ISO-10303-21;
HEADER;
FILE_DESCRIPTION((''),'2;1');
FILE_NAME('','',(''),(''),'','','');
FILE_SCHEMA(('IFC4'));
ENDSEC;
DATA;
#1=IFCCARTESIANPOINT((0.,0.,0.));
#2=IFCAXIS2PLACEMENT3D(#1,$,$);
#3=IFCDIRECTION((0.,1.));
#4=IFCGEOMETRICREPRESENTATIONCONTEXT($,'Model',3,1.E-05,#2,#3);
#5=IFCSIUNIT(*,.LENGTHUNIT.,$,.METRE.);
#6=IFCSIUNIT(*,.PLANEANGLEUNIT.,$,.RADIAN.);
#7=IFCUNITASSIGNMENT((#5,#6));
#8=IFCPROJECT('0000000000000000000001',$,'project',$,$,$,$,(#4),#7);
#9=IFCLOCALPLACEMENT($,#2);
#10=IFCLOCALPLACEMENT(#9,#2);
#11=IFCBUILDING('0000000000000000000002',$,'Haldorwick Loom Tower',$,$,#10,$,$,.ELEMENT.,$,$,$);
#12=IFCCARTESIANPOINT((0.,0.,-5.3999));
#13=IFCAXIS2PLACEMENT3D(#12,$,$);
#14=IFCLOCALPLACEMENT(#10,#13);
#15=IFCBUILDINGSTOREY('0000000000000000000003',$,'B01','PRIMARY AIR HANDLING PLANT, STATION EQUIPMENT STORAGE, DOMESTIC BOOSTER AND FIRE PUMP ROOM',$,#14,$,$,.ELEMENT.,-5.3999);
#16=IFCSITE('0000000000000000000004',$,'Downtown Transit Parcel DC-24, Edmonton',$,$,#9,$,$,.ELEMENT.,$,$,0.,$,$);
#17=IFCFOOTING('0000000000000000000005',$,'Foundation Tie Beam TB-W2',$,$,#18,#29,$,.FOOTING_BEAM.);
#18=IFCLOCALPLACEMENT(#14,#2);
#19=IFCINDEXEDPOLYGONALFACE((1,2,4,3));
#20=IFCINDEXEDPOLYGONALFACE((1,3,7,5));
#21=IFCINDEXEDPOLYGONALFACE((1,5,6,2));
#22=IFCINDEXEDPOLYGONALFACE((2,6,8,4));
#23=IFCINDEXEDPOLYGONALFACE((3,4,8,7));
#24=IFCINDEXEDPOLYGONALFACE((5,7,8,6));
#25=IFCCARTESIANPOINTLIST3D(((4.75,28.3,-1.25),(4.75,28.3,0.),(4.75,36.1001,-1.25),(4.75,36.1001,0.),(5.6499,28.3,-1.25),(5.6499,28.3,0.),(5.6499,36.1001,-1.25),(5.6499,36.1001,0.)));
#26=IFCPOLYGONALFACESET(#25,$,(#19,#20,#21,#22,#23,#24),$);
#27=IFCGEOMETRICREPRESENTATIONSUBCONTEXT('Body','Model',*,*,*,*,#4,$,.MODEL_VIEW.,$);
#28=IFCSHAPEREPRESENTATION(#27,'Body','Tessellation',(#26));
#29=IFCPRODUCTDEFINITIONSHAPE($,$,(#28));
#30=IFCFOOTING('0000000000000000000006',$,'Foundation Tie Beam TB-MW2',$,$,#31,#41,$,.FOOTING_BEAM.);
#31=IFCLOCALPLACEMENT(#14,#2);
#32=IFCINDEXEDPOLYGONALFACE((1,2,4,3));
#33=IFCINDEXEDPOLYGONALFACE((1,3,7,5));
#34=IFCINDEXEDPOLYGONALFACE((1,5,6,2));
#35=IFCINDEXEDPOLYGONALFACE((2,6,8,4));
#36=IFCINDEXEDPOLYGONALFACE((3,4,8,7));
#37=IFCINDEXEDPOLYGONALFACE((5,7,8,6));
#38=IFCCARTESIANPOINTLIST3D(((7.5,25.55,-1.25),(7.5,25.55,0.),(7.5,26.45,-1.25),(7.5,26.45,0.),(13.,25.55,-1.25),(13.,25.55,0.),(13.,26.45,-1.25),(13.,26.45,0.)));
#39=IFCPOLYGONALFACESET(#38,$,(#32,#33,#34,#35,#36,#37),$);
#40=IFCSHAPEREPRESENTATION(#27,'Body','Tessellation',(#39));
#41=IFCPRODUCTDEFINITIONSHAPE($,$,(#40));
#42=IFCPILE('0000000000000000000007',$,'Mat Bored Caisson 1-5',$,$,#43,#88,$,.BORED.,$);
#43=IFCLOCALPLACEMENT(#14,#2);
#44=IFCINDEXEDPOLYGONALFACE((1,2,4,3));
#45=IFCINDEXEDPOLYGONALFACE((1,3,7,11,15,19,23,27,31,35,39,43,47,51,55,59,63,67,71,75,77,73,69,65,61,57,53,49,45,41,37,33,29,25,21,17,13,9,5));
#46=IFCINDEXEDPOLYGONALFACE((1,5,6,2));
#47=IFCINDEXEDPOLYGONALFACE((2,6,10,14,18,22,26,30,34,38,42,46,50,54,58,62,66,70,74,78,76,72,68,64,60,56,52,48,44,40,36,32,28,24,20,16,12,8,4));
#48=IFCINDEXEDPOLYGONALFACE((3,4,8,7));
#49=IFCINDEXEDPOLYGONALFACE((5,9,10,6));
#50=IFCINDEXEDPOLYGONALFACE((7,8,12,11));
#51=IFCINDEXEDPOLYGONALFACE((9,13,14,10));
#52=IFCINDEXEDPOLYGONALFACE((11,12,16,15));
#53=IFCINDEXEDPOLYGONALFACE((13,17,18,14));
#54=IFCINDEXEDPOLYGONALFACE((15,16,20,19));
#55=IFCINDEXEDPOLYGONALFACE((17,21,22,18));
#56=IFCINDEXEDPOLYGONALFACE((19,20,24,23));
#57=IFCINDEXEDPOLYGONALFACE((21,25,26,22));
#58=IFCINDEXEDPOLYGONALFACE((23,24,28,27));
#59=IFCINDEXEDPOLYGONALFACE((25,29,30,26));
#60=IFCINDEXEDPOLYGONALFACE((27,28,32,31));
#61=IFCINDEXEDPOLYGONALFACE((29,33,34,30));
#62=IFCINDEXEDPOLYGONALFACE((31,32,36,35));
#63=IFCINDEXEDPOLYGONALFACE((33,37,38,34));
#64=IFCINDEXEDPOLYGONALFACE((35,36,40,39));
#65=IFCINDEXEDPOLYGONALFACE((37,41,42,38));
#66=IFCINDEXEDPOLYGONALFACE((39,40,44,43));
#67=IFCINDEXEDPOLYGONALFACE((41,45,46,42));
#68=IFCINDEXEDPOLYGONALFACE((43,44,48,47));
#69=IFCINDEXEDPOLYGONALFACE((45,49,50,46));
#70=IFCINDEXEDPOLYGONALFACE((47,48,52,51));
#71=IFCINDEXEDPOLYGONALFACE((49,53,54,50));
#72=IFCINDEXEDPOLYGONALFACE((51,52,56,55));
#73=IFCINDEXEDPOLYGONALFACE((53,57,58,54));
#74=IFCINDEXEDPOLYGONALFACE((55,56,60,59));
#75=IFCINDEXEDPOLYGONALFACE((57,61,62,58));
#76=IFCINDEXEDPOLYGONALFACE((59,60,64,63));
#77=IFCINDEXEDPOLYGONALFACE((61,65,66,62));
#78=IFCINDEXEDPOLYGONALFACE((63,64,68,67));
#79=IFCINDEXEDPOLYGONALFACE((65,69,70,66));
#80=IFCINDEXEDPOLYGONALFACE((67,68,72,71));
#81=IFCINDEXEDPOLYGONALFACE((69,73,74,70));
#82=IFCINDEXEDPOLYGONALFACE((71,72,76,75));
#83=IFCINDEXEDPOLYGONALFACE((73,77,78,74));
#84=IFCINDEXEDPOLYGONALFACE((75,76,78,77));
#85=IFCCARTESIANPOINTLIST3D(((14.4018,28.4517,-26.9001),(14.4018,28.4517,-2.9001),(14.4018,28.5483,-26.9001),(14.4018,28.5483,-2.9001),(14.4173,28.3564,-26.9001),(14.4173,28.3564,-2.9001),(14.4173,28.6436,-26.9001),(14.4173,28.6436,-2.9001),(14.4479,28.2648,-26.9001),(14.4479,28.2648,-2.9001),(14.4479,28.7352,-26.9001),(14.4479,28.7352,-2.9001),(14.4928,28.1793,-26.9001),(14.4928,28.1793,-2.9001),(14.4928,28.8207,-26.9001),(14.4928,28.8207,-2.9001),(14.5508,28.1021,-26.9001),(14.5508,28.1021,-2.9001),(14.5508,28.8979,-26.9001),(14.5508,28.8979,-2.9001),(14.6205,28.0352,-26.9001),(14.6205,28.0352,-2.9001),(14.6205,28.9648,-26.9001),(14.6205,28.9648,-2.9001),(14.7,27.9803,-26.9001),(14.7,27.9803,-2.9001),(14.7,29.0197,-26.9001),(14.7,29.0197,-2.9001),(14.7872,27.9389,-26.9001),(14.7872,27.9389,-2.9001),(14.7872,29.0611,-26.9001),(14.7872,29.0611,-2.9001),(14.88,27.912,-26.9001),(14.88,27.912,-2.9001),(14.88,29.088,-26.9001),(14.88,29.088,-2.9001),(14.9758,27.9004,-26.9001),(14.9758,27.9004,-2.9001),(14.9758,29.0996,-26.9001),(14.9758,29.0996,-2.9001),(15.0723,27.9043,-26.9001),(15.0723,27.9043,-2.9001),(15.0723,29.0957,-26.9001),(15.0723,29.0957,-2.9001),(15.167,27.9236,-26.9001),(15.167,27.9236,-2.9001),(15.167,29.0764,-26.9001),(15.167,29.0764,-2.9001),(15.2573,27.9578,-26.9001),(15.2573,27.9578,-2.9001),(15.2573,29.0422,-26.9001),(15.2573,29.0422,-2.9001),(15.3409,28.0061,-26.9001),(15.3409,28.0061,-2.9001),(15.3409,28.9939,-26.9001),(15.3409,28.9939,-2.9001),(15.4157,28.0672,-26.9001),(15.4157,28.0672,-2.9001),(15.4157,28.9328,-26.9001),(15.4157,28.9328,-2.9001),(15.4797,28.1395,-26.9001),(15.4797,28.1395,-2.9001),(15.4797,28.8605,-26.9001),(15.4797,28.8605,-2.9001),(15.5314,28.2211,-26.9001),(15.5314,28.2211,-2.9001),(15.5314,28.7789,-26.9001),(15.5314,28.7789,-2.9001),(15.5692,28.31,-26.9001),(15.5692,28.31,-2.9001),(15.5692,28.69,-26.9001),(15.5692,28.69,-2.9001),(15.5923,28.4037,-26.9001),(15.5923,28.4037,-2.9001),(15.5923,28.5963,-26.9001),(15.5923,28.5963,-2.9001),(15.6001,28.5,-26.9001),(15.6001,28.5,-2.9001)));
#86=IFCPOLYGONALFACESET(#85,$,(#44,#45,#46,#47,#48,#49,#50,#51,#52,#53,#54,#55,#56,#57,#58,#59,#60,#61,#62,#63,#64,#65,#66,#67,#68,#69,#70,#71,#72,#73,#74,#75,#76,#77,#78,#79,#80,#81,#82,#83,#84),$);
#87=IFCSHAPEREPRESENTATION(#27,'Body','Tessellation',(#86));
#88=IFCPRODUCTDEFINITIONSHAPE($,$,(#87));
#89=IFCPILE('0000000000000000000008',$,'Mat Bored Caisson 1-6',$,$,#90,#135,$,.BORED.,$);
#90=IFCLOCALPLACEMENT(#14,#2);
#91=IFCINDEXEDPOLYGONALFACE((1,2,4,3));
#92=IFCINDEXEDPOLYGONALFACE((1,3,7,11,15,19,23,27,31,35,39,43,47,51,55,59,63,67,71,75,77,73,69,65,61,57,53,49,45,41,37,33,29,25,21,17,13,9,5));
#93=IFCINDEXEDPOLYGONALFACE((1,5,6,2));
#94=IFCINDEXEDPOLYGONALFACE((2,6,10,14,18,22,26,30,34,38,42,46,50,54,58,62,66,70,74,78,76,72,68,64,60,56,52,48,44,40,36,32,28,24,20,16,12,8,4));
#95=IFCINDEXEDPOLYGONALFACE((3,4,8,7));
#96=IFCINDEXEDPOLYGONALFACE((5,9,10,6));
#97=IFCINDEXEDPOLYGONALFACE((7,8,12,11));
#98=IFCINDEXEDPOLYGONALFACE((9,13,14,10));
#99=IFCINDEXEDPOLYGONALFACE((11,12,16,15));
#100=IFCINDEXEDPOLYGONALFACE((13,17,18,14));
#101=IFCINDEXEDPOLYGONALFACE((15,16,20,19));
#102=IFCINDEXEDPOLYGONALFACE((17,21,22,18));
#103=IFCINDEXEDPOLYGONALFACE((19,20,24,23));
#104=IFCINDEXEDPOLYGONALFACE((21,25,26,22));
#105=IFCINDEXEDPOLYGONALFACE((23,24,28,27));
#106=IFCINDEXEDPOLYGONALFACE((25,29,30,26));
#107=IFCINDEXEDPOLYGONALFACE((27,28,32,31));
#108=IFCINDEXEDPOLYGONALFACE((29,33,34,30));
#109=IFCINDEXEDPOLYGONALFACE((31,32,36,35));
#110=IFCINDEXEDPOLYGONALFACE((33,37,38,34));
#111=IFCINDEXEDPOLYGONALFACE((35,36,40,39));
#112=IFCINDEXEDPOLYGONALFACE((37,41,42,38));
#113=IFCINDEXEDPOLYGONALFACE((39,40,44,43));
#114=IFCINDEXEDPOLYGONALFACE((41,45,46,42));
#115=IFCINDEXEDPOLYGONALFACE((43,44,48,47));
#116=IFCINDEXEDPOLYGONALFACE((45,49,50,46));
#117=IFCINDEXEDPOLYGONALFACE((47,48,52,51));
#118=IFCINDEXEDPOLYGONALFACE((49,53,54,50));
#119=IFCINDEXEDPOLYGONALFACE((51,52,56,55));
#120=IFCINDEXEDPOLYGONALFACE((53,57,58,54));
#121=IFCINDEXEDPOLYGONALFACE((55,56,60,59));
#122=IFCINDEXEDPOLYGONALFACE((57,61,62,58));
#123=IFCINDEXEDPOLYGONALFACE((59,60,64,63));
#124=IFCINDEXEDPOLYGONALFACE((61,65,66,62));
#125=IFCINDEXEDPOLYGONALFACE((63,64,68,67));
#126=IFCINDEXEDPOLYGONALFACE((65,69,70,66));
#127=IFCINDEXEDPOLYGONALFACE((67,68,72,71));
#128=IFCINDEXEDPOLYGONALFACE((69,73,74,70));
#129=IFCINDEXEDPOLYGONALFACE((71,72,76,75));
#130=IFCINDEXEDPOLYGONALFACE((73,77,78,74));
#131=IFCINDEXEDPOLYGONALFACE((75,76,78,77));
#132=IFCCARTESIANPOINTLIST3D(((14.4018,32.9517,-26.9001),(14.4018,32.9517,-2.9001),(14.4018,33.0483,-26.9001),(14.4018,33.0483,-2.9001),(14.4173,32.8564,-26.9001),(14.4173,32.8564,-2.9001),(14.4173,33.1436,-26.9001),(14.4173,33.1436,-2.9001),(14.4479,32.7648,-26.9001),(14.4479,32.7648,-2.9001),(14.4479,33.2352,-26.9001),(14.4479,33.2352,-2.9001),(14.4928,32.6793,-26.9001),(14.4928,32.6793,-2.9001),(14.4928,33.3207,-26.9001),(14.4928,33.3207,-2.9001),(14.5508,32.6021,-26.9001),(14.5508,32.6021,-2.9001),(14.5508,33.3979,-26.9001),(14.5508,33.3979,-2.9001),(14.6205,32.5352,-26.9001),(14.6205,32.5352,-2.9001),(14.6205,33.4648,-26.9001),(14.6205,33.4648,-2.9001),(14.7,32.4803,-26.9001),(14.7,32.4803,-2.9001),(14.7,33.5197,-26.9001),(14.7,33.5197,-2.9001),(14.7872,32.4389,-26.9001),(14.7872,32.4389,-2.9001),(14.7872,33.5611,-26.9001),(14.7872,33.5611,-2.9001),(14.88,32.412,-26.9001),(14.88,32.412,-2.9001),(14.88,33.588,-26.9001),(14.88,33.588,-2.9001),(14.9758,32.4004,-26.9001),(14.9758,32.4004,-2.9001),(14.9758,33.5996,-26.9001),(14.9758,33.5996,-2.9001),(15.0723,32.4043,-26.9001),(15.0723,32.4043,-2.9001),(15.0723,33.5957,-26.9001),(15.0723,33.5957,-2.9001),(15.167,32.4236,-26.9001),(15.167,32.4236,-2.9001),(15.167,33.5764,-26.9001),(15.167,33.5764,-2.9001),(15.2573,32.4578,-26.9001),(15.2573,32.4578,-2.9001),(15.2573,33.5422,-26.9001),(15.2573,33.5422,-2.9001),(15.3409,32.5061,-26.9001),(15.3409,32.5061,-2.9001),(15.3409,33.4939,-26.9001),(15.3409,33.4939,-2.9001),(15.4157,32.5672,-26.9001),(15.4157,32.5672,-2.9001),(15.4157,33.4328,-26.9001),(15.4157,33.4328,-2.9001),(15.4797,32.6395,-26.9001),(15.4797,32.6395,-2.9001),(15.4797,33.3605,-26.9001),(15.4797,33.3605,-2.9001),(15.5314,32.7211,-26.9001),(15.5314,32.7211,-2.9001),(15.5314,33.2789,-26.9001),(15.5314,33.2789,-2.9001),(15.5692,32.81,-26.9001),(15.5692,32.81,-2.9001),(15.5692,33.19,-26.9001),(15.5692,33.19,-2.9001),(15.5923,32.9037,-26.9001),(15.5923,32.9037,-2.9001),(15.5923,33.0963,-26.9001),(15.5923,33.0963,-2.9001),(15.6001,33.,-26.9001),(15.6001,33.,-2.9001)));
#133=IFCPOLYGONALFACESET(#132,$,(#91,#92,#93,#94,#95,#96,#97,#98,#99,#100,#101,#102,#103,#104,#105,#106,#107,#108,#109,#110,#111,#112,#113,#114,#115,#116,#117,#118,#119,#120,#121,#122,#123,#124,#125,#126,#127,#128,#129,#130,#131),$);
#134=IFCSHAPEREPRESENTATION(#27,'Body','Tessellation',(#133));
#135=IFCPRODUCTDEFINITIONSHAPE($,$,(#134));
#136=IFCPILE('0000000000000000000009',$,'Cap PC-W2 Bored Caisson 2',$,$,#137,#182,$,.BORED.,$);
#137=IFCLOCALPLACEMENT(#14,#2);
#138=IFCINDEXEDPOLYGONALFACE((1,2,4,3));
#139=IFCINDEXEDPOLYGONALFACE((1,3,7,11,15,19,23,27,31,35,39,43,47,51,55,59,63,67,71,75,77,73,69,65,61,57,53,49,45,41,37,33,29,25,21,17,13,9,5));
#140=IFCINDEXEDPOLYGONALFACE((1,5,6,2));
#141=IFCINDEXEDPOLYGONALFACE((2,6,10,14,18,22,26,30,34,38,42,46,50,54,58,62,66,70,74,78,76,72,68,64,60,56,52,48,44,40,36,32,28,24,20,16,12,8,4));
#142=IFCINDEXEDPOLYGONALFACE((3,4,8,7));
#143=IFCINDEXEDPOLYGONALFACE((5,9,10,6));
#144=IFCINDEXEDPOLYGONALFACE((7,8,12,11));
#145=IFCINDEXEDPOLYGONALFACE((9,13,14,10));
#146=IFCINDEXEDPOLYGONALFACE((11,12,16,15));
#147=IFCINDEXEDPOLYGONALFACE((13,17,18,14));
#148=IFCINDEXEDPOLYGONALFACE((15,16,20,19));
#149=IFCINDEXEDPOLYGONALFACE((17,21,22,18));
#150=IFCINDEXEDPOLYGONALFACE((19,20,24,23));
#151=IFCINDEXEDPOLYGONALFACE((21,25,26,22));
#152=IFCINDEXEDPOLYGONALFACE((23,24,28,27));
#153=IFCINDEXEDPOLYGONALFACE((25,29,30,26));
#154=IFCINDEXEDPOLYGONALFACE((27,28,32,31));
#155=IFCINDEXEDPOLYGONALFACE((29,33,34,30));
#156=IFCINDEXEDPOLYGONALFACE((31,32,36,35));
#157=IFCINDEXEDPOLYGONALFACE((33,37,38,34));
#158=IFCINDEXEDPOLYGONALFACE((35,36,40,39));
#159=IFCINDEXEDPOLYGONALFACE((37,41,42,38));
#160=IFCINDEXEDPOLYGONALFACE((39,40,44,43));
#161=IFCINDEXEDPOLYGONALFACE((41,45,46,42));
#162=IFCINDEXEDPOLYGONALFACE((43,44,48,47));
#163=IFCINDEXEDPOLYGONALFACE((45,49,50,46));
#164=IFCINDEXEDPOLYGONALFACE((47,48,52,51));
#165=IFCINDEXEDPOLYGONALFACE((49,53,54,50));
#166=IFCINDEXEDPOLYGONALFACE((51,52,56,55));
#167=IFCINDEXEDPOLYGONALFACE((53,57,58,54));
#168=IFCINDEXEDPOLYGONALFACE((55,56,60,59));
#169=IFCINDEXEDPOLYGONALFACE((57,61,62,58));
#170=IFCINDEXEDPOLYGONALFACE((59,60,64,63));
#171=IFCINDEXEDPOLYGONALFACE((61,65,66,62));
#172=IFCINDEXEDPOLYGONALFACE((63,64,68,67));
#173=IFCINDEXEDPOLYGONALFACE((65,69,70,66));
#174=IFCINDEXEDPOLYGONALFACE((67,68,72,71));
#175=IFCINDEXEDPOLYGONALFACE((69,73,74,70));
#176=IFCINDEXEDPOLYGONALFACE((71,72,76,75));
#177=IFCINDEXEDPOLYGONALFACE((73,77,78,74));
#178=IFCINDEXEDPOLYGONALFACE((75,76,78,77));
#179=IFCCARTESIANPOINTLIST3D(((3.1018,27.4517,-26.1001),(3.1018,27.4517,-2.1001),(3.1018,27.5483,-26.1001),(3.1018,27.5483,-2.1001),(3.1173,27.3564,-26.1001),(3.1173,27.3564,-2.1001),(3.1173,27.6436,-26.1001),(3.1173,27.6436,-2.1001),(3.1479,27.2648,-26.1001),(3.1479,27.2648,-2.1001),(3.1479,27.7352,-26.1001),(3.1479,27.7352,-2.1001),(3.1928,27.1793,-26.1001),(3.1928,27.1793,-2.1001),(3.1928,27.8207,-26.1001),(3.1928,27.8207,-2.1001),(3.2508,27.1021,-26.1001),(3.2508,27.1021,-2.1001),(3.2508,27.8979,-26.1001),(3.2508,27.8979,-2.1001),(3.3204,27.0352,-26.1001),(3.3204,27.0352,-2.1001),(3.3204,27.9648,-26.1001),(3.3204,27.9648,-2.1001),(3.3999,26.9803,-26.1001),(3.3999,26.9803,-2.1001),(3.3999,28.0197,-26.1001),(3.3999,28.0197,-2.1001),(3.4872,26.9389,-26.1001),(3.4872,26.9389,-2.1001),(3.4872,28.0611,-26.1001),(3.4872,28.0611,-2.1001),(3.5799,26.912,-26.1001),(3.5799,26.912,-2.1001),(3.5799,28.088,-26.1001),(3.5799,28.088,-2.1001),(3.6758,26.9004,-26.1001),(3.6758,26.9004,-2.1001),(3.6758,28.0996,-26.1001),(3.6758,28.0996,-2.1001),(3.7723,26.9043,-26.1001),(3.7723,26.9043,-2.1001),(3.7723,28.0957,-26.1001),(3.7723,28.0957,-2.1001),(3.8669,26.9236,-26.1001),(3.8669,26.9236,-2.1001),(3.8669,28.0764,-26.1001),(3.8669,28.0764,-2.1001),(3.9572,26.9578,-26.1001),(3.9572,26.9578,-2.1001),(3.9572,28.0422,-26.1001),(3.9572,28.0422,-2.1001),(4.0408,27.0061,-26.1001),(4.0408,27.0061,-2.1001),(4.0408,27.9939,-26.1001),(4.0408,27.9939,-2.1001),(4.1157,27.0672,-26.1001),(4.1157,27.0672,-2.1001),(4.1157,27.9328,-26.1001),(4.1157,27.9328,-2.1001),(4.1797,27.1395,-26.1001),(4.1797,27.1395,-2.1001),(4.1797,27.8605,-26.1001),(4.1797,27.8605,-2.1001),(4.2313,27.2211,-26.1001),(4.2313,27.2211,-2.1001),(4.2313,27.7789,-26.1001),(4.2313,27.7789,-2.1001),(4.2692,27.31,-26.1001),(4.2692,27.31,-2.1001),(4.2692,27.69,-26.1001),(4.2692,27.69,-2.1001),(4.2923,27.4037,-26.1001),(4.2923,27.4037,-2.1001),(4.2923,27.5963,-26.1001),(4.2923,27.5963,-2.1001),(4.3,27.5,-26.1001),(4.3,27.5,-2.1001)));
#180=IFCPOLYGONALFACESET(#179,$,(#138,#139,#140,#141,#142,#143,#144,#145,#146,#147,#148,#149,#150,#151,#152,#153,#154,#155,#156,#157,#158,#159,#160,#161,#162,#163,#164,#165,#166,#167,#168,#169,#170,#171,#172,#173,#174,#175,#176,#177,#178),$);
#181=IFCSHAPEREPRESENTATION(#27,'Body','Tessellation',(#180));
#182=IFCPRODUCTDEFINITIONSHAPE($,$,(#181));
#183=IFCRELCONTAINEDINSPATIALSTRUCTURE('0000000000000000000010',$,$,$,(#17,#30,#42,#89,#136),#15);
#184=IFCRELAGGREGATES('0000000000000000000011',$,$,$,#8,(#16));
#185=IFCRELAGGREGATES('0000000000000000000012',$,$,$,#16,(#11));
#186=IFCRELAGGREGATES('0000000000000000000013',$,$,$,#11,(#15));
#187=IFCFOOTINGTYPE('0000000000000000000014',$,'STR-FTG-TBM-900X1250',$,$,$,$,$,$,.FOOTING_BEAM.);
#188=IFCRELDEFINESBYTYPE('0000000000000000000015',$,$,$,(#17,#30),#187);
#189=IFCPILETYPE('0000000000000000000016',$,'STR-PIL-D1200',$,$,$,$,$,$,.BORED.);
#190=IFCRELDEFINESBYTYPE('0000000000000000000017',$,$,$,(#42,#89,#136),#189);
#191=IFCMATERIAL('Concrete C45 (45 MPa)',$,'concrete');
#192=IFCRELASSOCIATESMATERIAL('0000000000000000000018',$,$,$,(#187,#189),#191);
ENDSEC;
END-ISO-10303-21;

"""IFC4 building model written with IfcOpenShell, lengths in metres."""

from ifc_helpers import new_model, si_unit, direction, frame, origin, origin_2d, place, context, subcontext, project, spatial, rectangle, circle, extrude, material, material_profile, profile_set, type_object, element, save


model = new_model("IFC4")

# Units and contexts
model_context = context("Model", 3, precision=1e-05, world=origin(), true_north=direction((0.0, 1.0)))
body_context = subcontext(model_context, "Body", "Model", "MODEL_VIEW")
ifc_project = project(units=[si_unit("LENGTHUNIT", "METRE"), si_unit("PLANEANGLEUNIT", "RADIAN")], contexts=[model_context])

# Site, building, storey
site_placement = place(None, origin())
site = spatial("IfcSite", under=ifc_project, at=site_placement, Name="Downtown Transit Parcel DC-24, Edmonton", CompositionType="ELEMENT", RefElevation=0.0)
building_placement = place(site_placement, origin())
building = spatial("IfcBuilding", under=site, at=building_placement, Name="Haldorwick Loom Tower", CompositionType="ELEMENT")
storey_placement = place(building_placement, frame((0.0, 0.0, -5.3999)))
storey = spatial("IfcBuildingStorey", under=building, at=storey_placement, Name="B01", Description="PRIMARY AIR HANDLING PLANT, STATION EQUIPMENT STORAGE, DOMESTIC BOOSTER AND FIRE PUMP ROOM", CompositionType="ELEMENT", Elevation=-5.3999)

# Footings
ifc_material_1 = material(Name="Concrete C45 (45 MPa)", Category="concrete")
ifc_material_profile_1 = material_profile(ifc_material_1, rectangle(XDim=0.8999, YDim=1.25, at=origin_2d()), Name="RC900X1250", Category="concrete")
ifc_profile_set_1 = profile_set([ifc_material_profile_1], Name="Concrete C45 (45 MPa)")
footing_type = type_object("IfcFootingType", Name="STR-FTG-TBM-900X1250", PredefinedType="FOOTING_BEAM", material=ifc_profile_set_1)
footing_1_placement = place(storey_placement, frame((5.2, 28.3, -0.625), z_axis=(0.0, 1.0, 0.0), x_axis=(-1.0, 0.0, 0.0)))
element("IfcFooting", 1, at=footing_1_placement, inside=storey, type_object=footing_type, Name="Foundation Tie Beam TB-W2", PredefinedType="FOOTING_BEAM", context=body_context, shape_type="SweptSolid", body=[
    extrude(rectangle(XDim=0.8999, YDim=1.25, at=origin_2d()), origin(), (0.0, 0.0, 1.0), 7.8),
])
footing_2_placement = place(storey_placement, frame((7.5, 26.0, -0.625), z_axis=(1.0, 0.0, 0.0), x_axis=(0.0, 1.0, 0.0)))
element("IfcFooting", 2, at=footing_2_placement, inside=storey, type_object=footing_type, Name="Foundation Tie Beam TB-MW2", PredefinedType="FOOTING_BEAM", context=body_context, shape_type="SweptSolid", body=[
    extrude(rectangle(XDim=0.8999, YDim=1.25, at=origin_2d()), origin(), (0.0, 0.0, 1.0), 5.5),
])

# Piles
ifc_material_profile_2 = material_profile(ifc_material_1, circle(Radius=0.6001, at=origin_2d()), Name="CAISSON_D1200", Category="concrete")
ifc_profile_set_2 = profile_set([ifc_material_profile_2], Name="Concrete C45 (45 MPa)")
pile_type_1 = type_object("IfcPileType", Name="STR-PIL-D1200", PredefinedType="BORED", material=ifc_profile_set_2)
for number, where, z_axis, x_axis, name in (
    (3, (15.0, 28.5, -2.9001), (0.0, 0.0, -1.0), (1.0, 0.0, 0.0), "Mat Bored Caisson 1-5"),
    (4, (15.0, 33.0, -2.9001), (0.0, 0.0, -1.0), (1.0, 0.0, 0.0), "Mat Bored Caisson 1-6"),
    (5, (3.7, 27.5, -2.1001), (0.0, 0.0, -1.0), (1.0, 0.0, 0.0), "Cap PC-W2 Bored Caisson 2"),
):
    element("IfcPile", number, at=place(storey_placement, frame(where, z_axis=z_axis, x_axis=x_axis)), inside=storey, type_object=pile_type_1, Name=name, PredefinedType="BORED", context=body_context, shape_type="SweptSolid", body=[
        extrude(circle(Radius=0.6001, at=origin_2d()), origin(), (0.0, 0.0, 1.0), 24.0),
    ])

save(model, "model.ifc")
